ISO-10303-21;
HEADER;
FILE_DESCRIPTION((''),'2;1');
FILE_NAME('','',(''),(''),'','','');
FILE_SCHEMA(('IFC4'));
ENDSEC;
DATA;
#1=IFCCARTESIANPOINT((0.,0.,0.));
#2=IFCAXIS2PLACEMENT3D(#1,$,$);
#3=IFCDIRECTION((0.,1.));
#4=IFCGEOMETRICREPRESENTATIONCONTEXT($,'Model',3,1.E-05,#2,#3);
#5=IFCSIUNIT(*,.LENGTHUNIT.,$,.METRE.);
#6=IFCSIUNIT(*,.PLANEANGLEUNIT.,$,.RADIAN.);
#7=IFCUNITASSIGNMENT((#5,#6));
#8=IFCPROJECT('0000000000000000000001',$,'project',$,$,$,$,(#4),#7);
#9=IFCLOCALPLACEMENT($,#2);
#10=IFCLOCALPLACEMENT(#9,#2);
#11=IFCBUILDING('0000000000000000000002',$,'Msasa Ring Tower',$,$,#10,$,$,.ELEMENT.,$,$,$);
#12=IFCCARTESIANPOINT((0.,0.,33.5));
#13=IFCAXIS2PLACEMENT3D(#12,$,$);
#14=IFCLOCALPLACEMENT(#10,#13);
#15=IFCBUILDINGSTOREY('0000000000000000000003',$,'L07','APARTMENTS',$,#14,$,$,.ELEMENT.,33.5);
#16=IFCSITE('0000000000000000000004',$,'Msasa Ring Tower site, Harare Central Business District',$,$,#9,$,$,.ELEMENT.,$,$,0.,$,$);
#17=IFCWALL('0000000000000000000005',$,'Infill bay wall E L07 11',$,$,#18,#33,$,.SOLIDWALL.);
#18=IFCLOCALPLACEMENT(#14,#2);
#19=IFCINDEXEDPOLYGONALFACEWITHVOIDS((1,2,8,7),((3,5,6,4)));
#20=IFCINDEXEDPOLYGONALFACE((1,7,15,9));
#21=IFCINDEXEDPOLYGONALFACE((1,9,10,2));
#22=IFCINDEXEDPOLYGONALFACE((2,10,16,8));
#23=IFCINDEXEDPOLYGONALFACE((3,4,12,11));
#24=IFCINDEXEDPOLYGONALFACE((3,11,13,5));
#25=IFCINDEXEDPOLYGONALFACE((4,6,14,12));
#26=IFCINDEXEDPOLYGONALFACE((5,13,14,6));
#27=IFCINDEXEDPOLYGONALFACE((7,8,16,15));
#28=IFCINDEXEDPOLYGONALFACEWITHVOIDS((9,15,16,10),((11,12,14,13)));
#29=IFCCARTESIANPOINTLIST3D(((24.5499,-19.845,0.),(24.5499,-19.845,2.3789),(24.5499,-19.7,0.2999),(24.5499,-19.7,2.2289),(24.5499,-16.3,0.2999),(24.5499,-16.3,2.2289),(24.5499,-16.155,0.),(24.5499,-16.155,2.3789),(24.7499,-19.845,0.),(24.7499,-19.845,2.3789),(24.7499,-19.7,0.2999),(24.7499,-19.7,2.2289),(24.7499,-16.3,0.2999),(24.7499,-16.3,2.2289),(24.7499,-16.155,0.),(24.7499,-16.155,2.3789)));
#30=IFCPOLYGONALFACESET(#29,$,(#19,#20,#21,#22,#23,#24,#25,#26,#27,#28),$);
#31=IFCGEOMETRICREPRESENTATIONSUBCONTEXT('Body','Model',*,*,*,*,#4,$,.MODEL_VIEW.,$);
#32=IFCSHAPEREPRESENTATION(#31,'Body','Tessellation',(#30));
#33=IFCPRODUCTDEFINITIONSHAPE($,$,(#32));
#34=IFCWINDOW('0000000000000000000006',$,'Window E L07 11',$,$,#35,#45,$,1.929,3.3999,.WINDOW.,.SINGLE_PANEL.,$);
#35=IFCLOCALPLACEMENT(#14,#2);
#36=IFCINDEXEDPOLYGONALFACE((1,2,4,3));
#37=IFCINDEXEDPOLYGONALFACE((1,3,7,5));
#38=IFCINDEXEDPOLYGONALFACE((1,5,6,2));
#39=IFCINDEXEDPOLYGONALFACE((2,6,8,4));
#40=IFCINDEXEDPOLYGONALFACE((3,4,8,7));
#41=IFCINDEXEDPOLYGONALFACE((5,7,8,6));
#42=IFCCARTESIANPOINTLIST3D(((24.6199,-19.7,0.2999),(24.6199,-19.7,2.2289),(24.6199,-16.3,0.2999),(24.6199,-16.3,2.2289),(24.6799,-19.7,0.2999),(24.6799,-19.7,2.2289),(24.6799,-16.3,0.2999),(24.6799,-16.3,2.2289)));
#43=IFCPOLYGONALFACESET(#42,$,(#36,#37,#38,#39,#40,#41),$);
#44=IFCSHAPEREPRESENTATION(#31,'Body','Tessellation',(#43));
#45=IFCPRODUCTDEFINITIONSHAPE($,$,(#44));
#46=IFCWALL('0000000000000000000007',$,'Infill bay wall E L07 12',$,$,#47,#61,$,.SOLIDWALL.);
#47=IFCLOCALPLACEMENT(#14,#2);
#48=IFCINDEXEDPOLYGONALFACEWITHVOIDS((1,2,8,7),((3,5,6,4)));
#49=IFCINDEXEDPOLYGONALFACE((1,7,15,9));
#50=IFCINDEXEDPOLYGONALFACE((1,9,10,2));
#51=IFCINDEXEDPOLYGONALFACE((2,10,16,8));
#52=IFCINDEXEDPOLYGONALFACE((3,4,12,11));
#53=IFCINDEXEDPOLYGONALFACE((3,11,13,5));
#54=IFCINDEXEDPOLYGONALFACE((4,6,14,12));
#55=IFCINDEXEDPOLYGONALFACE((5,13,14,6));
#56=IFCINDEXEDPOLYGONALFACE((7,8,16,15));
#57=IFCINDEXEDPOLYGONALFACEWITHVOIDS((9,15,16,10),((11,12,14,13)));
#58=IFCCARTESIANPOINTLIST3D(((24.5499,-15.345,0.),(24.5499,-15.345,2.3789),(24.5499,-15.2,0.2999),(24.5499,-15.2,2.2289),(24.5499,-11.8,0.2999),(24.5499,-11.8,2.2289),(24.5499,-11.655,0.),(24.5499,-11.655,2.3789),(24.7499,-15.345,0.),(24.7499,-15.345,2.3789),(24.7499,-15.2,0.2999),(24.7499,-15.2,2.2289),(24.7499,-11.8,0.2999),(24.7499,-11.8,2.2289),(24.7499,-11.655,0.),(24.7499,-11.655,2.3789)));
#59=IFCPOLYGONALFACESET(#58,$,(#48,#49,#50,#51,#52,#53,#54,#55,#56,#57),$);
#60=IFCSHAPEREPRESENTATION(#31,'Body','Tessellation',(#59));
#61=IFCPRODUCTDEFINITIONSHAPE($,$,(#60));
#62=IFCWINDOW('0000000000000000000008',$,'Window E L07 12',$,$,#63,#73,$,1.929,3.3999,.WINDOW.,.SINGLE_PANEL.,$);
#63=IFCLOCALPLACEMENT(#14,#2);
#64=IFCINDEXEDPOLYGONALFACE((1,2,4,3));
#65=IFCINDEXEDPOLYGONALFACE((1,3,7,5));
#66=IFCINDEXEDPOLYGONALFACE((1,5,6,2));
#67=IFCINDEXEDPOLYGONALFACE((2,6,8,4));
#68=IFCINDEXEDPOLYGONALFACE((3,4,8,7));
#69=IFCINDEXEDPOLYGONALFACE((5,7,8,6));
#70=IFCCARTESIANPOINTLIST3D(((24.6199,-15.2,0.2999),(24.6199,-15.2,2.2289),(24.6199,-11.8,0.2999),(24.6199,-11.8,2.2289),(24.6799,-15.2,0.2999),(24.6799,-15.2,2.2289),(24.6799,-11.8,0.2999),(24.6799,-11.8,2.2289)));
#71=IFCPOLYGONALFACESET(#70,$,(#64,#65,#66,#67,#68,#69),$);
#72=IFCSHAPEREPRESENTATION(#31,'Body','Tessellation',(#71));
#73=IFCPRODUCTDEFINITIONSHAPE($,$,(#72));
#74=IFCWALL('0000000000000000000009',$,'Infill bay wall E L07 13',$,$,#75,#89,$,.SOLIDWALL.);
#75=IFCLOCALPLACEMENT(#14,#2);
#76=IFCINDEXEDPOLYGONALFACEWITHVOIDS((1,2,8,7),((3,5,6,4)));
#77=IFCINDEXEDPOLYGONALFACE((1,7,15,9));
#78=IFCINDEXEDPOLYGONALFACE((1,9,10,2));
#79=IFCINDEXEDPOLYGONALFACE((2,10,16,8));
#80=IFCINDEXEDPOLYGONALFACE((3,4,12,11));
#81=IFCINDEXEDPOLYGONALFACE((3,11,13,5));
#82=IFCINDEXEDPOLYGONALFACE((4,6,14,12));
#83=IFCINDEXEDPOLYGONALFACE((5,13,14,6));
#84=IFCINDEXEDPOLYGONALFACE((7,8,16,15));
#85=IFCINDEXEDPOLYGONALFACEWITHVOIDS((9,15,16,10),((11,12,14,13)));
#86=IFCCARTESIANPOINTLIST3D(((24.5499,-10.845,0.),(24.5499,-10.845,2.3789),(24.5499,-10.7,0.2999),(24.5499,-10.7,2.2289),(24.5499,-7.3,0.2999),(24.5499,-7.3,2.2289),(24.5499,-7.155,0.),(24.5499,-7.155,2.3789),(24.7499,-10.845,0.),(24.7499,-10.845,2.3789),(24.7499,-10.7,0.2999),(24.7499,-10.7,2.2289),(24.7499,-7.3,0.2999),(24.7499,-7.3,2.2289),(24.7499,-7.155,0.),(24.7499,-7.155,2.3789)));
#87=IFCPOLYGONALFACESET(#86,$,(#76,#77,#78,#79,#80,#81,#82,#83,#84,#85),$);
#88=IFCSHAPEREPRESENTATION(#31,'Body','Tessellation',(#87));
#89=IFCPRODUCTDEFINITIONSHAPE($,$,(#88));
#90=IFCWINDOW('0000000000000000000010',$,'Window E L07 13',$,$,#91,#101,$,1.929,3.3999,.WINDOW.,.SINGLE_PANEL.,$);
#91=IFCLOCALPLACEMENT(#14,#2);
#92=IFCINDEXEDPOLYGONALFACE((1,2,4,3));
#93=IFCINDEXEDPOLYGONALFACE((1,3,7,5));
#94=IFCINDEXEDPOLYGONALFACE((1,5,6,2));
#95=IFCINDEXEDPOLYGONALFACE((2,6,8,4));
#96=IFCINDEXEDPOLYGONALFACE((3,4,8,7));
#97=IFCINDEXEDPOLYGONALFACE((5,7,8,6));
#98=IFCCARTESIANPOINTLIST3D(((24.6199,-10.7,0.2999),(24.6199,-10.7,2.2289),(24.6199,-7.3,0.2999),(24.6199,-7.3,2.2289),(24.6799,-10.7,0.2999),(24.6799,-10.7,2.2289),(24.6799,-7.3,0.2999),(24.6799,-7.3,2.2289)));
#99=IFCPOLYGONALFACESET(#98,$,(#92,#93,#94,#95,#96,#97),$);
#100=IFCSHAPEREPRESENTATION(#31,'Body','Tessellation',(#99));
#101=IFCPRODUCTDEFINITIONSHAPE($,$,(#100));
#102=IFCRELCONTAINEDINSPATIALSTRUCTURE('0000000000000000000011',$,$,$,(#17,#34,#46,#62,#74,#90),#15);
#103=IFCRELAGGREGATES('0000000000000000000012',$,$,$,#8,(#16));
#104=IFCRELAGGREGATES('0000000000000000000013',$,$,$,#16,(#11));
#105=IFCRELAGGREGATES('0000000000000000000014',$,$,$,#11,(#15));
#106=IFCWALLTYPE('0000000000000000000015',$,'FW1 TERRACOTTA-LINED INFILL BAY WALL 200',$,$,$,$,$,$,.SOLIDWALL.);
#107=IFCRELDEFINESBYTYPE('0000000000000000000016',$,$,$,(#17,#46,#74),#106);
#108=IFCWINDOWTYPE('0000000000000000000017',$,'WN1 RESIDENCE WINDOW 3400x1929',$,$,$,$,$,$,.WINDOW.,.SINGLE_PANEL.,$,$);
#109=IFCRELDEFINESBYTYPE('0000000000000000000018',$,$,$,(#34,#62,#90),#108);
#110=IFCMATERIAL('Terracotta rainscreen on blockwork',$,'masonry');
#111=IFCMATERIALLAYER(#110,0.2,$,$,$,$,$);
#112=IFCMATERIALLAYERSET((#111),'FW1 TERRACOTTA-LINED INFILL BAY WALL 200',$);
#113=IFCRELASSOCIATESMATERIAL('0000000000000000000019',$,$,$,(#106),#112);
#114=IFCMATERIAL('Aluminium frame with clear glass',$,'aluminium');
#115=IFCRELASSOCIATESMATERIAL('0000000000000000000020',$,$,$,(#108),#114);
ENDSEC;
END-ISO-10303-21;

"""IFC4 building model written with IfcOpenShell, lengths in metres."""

from ifc_helpers import new_model, si_unit, direction, frame, frame_2d, origin, place, context, subcontext, project, spatial, rectangle, extrude, material, layer, layer_set, type_object, element, fill, save


model = new_model("IFC4")

# Units and contexts
model_context = context("Model", 3, precision=1e-05, world=origin(), true_north=direction((0.0, 1.0)))
body_context = subcontext(model_context, "Body", "Model", "MODEL_VIEW")
ifc_project = project(units=[si_unit("LENGTHUNIT", "METRE"), si_unit("PLANEANGLEUNIT", "RADIAN")], contexts=[model_context])

# Site, building, storey
site_placement = place(None, origin())
site = spatial("IfcSite", under=ifc_project, at=site_placement, Name="Msasa Ring Tower site, Harare Central Business District", CompositionType="ELEMENT", RefElevation=0.0)
building_placement = place(site_placement, origin())
building = spatial("IfcBuilding", under=site, at=building_placement, Name="Msasa Ring Tower", CompositionType="ELEMENT")
storey_placement = place(building_placement, frame((0.0, 0.0, 33.5)))
storey = spatial("IfcBuildingStorey", under=building, at=storey_placement, Name="L07", Description="APARTMENTS", CompositionType="ELEMENT", Elevation=33.5)

# Walls, openings, windows
ifc_material_1 = material(Name="Terracotta rainscreen on blockwork", Category="masonry")
ifc_layer_1 = layer(ifc_material_1, 0.2)
ifc_layer_set_1 = layer_set([ifc_layer_1], Name="FW1 TERRACOTTA-LINED INFILL BAY WALL 200")
wall_type_1 = type_object("IfcWallType", Name="FW1 TERRACOTTA-LINED INFILL BAY WALL 200", PredefinedType="SOLIDWALL", material=ifc_layer_set_1)
wall_1_placement = place(storey_placement, frame((24.6499, -19.845, 0.0), z_axis=(0.0, 0.0, 1.0), x_axis=(0.0, 1.0, 0.0)))
wall_1 = element("IfcWall", 1, at=wall_1_placement, inside=storey, type_object=wall_type_1, Name="Infill bay wall E L07 11", PredefinedType="SOLIDWALL", context=body_context, shape_type="SweptSolid", body=[
    extrude(rectangle(XDim=3.6899, YDim=0.2, at=frame_2d((1.845, 0.0))), origin(), (0.0, 0.0, 1.0), 2.3789),
])
opening_1_placement = place(wall_1_placement, frame((0.145, 0.0, 0.3)))
opening_1 = element("IfcOpeningElement", 2, at=opening_1_placement, cuts=wall_1, PredefinedType="OPENING", context=body_context, shape_type="SweptSolid", body=[
    extrude(rectangle(XDim=3.3999, YDim=1.929, at=frame_2d((1.7, 0.9644))), frame((0.0, 0.1099, 0.0), z_axis=(0.0, -1.0, 0.0), x_axis=(1.0, 0.0, 0.0)), (0.0, 0.0, 1.0), 0.22),
])
ifc_material_2 = material(Name="Aluminium frame with clear glass", Category="aluminium")
window_type = type_object("IfcWindowType", Name="WN1 RESIDENCE WINDOW 3400x1929", PartitioningType="SINGLE_PANEL", PredefinedType="WINDOW", material=ifc_material_2)
window_1_placement = place(opening_1_placement, origin())
window_1 = element("IfcWindow", 3, at=window_1_placement, inside=storey, type_object=window_type, Name="Window E L07 11", OverallHeight=1.929, OverallWidth=3.3999, PartitioningType="SINGLE_PANEL", PredefinedType="WINDOW", context=body_context, shape_type="SweptSolid", body=[
    extrude(rectangle(XDim=3.3999, YDim=1.929, at=frame_2d((1.7, 0.9644))), frame((0.0, 0.03, 0.0), z_axis=(0.0, -1.0, 0.0), x_axis=(1.0, 0.0, 0.0)), (0.0, 0.0, 1.0), 0.0601),
])
fill(opening_1, window_1)
wall_2_placement = place(storey_placement, frame((24.6499, -15.345, 0.0), z_axis=(0.0, 0.0, 1.0), x_axis=(0.0, 1.0, 0.0)))
wall_2 = element("IfcWall", 4, at=wall_2_placement, inside=storey, type_object=wall_type_1, Name="Infill bay wall E L07 12", PredefinedType="SOLIDWALL", context=body_context, shape_type="SweptSolid", body=[
    extrude(rectangle(XDim=3.6899, YDim=0.2, at=frame_2d((1.845, 0.0))), origin(), (0.0, 0.0, 1.0), 2.3789),
])
opening_2_placement = place(wall_2_placement, frame((0.145, 0.0, 0.3)))
opening_2 = element("IfcOpeningElement", 5, at=opening_2_placement, cuts=wall_2, PredefinedType="OPENING", context=body_context, shape_type="SweptSolid", body=[
    extrude(rectangle(XDim=3.3999, YDim=1.929, at=frame_2d((1.7, 0.9644))), frame((0.0, 0.1099, 0.0), z_axis=(0.0, -1.0, 0.0), x_axis=(1.0, 0.0, 0.0)), (0.0, 0.0, 1.0), 0.22),
])
window_2_placement = place(opening_2_placement, origin())
window_2 = element("IfcWindow", 6, at=window_2_placement, inside=storey, type_object=window_type, Name="Window E L07 12", OverallHeight=1.929, OverallWidth=3.3999, PartitioningType="SINGLE_PANEL", PredefinedType="WINDOW", context=body_context, shape_type="SweptSolid", body=[
    extrude(rectangle(XDim=3.3999, YDim=1.929, at=frame_2d((1.7, 0.9644))), frame((0.0, 0.03, 0.0), z_axis=(0.0, -1.0, 0.0), x_axis=(1.0, 0.0, 0.0)), (0.0, 0.0, 1.0), 0.0601),
])
fill(opening_2, window_2)
wall_3_placement = place(storey_placement, frame((24.6499, -10.845, 0.0), z_axis=(0.0, 0.0, 1.0), x_axis=(0.0, 1.0, 0.0)))
wall_3 = element("IfcWall", 7, at=wall_3_placement, inside=storey, type_object=wall_type_1, Name="Infill bay wall E L07 13", PredefinedType="SOLIDWALL", context=body_context, shape_type="SweptSolid", body=[
    extrude(rectangle(XDim=3.6899, YDim=0.2, at=frame_2d((1.845, 0.0))), origin(), (0.0, 0.0, 1.0), 2.3789),
])
opening_3_placement = place(wall_3_placement, frame((0.145, 0.0, 0.3)))
opening_3 = element("IfcOpeningElement", 8, at=opening_3_placement, cuts=wall_3, PredefinedType="OPENING", context=body_context, shape_type="SweptSolid", body=[
    extrude(rectangle(XDim=3.3999, YDim=1.929, at=frame_2d((1.7, 0.9644))), frame((0.0, 0.1099, 0.0), z_axis=(0.0, -1.0, 0.0), x_axis=(1.0, 0.0, 0.0)), (0.0, 0.0, 1.0), 0.22),
])
window_3_placement = place(opening_3_placement, origin())
window_3 = element("IfcWindow", 9, at=window_3_placement, inside=storey, type_object=window_type, Name="Window E L07 13", OverallHeight=1.929, OverallWidth=3.3999, PartitioningType="SINGLE_PANEL", PredefinedType="WINDOW", context=body_context, shape_type="SweptSolid", body=[
    extrude(rectangle(XDim=3.3999, YDim=1.929, at=frame_2d((1.7, 0.9644))), frame((0.0, 0.03, 0.0), z_axis=(0.0, -1.0, 0.0), x_axis=(1.0, 0.0, 0.0)), (0.0, 0.0, 1.0), 0.0601),
])
fill(opening_3, window_3)

save(model, "model.ifc")
